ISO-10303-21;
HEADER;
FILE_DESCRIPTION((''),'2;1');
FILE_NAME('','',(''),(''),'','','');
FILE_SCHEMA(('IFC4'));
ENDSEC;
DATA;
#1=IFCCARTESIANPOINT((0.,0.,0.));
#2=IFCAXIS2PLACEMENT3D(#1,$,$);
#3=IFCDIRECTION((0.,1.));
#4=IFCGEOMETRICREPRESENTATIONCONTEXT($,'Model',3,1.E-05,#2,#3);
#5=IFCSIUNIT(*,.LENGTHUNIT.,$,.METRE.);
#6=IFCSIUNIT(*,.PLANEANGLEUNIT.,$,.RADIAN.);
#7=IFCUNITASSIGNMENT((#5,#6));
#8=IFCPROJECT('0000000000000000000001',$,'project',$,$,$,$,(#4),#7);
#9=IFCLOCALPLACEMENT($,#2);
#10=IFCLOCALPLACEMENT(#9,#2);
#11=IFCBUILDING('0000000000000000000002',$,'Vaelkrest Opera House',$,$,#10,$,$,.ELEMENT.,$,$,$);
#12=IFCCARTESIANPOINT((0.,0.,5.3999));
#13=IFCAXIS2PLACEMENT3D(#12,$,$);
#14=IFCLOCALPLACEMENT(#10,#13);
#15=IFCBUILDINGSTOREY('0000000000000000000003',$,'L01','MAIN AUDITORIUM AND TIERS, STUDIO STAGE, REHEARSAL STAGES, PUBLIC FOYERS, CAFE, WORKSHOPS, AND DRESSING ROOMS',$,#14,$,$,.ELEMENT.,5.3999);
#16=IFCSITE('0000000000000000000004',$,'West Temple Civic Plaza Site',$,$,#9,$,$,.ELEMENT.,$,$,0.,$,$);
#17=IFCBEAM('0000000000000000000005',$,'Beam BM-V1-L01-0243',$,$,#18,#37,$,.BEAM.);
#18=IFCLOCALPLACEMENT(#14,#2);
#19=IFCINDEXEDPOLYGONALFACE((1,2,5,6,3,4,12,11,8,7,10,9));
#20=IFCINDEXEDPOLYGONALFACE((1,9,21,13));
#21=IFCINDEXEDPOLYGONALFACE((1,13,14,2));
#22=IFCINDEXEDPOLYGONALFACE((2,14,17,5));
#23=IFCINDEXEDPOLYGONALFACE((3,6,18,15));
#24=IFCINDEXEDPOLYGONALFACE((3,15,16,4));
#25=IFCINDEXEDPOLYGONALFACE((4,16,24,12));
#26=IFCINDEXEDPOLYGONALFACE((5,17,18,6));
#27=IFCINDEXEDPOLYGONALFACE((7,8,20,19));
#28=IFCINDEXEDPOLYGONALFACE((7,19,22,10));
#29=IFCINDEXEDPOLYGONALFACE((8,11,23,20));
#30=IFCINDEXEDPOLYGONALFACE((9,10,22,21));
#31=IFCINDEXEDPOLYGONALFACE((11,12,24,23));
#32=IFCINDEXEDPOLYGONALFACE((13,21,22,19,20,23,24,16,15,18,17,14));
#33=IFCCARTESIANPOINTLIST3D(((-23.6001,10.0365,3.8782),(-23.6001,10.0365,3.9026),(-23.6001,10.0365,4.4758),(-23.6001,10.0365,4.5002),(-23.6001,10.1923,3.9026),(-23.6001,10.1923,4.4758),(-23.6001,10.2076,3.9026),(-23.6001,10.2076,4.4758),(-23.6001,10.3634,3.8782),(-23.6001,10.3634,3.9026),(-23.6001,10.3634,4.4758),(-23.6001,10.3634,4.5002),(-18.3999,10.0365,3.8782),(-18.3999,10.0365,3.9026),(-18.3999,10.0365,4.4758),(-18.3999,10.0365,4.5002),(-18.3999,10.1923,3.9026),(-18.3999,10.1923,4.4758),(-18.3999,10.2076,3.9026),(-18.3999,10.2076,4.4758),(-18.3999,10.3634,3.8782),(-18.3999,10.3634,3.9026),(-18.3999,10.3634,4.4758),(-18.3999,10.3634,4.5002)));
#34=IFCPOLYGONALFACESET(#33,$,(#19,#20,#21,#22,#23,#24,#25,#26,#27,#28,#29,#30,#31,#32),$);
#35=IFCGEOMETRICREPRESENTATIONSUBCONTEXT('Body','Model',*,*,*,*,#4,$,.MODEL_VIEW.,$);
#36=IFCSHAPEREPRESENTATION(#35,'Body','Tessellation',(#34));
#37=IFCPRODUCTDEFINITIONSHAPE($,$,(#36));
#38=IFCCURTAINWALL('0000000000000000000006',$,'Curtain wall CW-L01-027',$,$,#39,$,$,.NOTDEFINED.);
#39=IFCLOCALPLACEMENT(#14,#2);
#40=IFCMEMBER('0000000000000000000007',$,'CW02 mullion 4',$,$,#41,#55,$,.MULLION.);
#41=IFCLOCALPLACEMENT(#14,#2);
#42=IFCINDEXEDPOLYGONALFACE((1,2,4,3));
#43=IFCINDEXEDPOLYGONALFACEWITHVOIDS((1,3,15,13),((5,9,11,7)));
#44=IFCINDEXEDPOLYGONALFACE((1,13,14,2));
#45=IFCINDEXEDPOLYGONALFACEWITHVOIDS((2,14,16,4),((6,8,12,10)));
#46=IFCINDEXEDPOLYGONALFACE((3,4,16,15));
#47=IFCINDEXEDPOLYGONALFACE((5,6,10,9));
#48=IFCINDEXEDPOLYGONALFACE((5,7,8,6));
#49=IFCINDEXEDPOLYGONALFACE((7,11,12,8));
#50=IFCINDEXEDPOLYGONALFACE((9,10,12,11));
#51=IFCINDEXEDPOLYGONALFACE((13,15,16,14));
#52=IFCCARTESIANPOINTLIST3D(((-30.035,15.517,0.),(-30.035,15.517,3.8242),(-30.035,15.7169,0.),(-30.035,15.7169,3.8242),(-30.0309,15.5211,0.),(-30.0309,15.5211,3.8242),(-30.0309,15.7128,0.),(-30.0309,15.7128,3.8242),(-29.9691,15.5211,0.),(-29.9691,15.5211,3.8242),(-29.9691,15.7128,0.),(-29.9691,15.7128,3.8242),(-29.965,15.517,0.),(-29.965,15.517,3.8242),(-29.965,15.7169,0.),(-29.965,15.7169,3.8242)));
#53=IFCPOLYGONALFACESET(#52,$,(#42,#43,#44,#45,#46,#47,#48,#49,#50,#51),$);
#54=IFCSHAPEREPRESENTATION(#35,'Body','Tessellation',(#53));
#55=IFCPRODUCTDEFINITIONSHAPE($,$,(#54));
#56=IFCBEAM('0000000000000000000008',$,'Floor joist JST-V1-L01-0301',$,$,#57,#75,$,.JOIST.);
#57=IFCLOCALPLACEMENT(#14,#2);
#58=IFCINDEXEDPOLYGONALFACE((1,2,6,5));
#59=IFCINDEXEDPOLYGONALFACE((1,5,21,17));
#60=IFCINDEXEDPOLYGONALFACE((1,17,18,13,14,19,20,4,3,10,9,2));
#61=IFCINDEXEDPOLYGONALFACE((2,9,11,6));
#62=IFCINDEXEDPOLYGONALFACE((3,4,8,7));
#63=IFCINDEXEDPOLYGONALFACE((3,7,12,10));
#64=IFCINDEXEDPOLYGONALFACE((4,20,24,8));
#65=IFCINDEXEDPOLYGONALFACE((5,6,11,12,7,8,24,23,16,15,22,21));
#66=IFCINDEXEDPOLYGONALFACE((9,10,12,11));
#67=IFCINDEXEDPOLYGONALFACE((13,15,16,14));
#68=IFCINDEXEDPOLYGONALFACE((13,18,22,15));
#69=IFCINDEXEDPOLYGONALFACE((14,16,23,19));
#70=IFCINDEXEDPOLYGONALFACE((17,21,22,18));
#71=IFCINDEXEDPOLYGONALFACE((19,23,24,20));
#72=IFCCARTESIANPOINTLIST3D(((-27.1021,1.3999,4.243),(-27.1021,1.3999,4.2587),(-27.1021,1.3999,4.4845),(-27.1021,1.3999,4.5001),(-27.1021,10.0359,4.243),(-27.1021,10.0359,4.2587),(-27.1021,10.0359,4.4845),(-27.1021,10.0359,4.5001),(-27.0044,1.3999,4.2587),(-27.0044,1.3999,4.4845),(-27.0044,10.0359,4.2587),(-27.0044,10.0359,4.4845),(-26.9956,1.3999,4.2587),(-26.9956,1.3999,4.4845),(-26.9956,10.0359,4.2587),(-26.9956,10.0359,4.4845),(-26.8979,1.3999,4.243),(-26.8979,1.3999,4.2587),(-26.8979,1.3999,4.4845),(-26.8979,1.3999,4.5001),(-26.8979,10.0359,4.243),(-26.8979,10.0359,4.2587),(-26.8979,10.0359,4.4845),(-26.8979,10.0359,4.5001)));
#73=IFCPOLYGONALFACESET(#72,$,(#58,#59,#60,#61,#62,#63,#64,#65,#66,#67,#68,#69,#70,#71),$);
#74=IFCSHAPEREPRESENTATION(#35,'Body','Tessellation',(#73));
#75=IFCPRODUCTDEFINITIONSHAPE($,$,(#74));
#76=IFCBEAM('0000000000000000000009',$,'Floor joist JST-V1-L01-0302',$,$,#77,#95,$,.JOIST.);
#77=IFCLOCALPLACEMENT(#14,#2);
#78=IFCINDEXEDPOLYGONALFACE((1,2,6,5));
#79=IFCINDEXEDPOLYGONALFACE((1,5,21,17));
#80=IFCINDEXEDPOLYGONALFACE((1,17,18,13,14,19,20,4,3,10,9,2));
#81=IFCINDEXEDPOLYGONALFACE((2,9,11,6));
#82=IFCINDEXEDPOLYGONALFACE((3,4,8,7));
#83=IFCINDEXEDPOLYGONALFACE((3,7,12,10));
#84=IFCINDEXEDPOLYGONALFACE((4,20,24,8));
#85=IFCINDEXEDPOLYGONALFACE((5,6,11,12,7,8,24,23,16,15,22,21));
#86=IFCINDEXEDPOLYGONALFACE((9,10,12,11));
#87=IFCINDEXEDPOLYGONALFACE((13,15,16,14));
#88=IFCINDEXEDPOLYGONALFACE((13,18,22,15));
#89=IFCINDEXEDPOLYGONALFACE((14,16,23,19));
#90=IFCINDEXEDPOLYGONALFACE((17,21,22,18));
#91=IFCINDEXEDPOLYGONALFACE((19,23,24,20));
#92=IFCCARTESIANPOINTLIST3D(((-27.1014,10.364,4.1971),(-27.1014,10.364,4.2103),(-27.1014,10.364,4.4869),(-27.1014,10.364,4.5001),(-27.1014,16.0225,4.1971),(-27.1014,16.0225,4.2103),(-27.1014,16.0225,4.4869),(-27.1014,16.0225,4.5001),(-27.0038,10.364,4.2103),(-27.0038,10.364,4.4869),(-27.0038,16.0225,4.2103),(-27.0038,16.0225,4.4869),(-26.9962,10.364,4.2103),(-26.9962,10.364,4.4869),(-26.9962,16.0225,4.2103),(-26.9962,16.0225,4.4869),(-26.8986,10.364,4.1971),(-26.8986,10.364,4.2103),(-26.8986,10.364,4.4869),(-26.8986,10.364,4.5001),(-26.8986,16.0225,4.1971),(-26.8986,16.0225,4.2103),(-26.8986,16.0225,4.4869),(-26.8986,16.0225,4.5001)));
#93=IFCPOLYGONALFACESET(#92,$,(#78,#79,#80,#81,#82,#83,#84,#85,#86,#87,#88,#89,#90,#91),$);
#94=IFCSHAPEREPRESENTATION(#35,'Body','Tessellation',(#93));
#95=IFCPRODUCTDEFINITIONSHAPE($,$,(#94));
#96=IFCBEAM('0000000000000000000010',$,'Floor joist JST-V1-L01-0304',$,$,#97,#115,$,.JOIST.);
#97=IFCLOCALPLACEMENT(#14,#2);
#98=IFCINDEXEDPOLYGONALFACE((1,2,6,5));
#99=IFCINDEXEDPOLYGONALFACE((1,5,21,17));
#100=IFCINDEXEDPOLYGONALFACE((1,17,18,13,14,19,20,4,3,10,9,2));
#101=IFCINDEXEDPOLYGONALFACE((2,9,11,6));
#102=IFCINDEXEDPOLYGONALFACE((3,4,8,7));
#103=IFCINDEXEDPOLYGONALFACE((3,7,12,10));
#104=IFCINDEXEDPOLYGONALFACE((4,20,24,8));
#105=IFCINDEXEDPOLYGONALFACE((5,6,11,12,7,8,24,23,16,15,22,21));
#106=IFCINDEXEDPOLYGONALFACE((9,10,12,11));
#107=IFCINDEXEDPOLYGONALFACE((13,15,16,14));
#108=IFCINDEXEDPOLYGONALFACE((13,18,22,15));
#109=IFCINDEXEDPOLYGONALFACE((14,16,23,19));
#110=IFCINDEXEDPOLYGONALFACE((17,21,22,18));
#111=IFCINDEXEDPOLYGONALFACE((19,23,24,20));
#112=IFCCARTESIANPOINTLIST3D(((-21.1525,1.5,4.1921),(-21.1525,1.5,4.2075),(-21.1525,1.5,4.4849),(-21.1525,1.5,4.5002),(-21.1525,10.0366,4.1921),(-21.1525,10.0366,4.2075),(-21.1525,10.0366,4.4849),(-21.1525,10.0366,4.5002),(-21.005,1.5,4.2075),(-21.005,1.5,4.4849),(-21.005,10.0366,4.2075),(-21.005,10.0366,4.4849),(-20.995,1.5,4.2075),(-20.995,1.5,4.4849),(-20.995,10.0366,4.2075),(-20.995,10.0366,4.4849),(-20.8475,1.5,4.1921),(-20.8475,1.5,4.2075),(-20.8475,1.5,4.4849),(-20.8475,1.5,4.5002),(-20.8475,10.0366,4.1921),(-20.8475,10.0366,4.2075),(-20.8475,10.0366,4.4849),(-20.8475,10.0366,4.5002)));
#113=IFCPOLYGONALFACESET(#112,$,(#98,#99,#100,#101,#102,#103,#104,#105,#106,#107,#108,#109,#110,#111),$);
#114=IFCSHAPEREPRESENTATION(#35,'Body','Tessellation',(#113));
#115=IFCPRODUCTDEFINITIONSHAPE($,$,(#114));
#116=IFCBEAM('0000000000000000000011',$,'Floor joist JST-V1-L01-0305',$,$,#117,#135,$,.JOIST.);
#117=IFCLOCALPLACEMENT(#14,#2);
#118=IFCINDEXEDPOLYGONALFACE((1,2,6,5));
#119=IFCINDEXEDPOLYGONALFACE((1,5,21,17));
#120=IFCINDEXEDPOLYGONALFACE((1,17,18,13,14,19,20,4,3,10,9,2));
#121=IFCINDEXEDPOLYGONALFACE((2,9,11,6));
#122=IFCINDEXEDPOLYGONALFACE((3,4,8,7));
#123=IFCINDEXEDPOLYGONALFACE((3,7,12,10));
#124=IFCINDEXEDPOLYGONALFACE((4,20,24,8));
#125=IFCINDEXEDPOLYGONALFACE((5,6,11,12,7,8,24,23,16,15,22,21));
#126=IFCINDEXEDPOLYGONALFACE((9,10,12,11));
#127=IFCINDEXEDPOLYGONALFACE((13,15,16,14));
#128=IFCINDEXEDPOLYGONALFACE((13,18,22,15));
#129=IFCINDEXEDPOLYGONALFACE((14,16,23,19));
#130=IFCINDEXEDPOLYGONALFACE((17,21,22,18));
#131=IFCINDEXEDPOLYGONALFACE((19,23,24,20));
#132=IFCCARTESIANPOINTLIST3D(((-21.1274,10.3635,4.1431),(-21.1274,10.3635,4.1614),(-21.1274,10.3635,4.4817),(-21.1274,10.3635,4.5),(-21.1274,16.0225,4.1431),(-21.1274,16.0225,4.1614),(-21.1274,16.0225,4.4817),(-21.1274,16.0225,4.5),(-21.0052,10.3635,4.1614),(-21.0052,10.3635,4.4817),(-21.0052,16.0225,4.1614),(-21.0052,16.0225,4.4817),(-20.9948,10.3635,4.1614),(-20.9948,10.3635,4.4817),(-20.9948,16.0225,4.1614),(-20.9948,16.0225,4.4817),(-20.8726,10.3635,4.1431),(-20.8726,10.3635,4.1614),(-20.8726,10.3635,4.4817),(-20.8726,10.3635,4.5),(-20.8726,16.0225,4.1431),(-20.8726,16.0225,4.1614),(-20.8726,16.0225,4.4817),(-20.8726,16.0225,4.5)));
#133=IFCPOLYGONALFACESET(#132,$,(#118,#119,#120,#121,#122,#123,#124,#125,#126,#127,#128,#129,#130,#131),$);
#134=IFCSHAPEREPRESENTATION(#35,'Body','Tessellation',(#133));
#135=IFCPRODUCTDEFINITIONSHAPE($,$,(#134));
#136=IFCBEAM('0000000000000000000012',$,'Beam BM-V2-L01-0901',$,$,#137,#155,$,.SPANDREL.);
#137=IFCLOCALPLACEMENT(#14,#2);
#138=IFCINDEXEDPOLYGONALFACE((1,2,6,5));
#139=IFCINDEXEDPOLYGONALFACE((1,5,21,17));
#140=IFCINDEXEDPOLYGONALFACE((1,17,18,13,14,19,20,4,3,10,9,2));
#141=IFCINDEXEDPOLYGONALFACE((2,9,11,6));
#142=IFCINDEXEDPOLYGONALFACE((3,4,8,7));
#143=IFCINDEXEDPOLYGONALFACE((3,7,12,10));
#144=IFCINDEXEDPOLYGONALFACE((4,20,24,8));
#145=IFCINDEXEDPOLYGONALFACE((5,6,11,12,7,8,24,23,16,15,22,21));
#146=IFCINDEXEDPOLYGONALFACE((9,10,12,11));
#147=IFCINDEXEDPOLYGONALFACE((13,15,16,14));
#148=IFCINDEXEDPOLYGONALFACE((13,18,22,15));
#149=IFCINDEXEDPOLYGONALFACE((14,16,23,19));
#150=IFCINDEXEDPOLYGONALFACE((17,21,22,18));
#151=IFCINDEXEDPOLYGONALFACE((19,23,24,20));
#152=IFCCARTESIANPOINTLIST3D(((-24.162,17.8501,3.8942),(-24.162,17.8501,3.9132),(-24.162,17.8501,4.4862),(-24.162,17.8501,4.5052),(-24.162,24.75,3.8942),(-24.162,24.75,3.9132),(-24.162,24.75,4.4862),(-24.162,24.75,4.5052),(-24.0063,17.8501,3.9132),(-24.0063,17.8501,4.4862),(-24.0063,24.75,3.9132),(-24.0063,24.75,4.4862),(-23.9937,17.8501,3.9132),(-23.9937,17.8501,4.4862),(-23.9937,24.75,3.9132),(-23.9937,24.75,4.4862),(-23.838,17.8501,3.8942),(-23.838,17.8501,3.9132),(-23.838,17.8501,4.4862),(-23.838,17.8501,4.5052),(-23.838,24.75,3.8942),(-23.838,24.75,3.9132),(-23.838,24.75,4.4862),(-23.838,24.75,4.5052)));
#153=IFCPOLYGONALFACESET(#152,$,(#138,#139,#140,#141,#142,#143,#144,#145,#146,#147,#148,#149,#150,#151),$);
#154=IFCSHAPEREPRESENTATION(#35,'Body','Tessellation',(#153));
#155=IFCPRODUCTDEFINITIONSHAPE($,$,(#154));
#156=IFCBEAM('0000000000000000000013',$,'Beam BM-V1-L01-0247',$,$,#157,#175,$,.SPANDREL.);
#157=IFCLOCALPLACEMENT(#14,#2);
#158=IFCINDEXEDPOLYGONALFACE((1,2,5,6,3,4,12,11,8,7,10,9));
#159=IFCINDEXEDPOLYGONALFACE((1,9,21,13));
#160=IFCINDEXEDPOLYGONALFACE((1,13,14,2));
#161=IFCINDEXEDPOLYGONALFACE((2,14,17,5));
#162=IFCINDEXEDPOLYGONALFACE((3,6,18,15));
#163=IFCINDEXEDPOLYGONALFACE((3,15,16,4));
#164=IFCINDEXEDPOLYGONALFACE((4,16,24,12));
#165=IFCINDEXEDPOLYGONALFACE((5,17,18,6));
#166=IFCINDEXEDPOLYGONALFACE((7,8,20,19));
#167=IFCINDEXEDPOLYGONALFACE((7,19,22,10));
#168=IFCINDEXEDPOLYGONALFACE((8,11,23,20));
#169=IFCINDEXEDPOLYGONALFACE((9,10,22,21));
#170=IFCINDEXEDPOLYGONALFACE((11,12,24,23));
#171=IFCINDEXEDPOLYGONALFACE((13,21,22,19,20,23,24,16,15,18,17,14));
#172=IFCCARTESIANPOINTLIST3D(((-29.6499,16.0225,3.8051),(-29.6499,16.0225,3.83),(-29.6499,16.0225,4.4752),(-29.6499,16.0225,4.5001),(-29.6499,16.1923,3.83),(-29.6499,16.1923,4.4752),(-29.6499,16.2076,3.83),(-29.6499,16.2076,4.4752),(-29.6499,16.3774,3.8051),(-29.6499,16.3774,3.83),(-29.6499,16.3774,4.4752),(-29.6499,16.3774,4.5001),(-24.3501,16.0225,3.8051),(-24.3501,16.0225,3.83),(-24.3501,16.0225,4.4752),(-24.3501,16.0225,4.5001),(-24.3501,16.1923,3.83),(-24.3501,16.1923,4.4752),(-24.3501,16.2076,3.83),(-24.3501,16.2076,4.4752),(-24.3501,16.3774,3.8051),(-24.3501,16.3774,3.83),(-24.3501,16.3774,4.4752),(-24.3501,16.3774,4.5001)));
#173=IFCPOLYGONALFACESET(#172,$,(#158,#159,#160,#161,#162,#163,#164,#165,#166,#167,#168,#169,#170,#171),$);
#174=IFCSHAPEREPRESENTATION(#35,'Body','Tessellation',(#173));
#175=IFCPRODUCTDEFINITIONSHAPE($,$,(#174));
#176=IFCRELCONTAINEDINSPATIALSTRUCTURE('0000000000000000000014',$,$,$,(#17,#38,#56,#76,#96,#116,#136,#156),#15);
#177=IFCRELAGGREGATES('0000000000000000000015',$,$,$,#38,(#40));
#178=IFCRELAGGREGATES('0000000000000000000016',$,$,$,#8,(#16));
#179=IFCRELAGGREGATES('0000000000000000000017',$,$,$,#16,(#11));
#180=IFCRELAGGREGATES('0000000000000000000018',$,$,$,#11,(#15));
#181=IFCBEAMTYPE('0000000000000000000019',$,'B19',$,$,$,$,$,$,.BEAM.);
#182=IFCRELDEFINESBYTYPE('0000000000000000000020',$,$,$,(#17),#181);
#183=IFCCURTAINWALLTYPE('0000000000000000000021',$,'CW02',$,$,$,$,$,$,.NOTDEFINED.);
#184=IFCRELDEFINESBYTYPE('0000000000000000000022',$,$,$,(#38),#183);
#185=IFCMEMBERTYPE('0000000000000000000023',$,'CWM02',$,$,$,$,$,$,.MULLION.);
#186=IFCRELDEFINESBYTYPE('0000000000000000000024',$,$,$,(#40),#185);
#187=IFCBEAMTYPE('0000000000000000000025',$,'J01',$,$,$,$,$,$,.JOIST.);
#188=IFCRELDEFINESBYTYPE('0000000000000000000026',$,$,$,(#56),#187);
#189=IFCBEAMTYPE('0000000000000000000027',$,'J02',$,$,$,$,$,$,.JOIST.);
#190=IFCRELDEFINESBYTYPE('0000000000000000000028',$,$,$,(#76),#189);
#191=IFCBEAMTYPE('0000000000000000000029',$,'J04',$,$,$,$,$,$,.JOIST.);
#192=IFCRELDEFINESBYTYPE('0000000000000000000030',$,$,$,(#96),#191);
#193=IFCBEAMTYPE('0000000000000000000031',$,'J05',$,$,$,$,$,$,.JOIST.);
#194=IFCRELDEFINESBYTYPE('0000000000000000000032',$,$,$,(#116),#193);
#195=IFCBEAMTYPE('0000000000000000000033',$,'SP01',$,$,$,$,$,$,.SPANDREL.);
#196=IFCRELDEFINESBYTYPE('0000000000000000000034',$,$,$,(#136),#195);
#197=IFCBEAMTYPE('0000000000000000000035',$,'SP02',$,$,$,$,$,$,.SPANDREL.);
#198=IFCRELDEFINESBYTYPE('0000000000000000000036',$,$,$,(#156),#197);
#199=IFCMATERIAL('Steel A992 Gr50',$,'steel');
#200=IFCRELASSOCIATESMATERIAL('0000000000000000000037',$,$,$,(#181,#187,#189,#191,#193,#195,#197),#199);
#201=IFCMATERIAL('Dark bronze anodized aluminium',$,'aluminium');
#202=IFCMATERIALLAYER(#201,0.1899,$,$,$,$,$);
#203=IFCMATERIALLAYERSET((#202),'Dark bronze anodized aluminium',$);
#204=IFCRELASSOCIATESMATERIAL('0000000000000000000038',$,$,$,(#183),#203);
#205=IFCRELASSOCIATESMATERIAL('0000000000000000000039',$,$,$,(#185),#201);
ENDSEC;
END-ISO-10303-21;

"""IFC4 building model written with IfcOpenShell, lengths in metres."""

from ifc_helpers import new_model, si_unit, direction, frame, origin, origin_2d, place, context, subcontext, project, spatial, hollow_rectangle, i_section, extrude, material, layer, layer_set, material_profile, profile_set, type_object, element, aggregate, save


model = new_model("IFC4")

# Units and contexts
model_context = context("Model", 3, precision=1e-05, world=origin(), true_north=direction((0.0, 1.0)))
body_context = subcontext(model_context, "Body", "Model", "MODEL_VIEW")
ifc_project = project(units=[si_unit("LENGTHUNIT", "METRE"), si_unit("PLANEANGLEUNIT", "RADIAN")], contexts=[model_context])

# Site, building, storey
site_placement = place(None, origin())
site = spatial("IfcSite", under=ifc_project, at=site_placement, Name="West Temple Civic Plaza Site", CompositionType="ELEMENT", RefElevation=0.0)
building_placement = place(site_placement, origin())
building = spatial("IfcBuilding", under=site, at=building_placement, Name="Vaelkrest Opera House", CompositionType="ELEMENT")
storey_placement = place(building_placement, frame((0.0, 0.0, 5.3999)))
storey = spatial("IfcBuildingStorey", under=building, at=storey_placement, Name="L01", Description="MAIN AUDITORIUM AND TIERS, STUDIO STAGE, REHEARSAL STAGES, PUBLIC FOYERS, CAFE, WORKSHOPS, AND DRESSING ROOMS", CompositionType="ELEMENT", Elevation=5.3999)

# Beam
ifc_material_1 = material(Name="Steel A992 Gr50", Category="steel")
ifc_material_profile_1 = material_profile(ifc_material_1, i_section(OverallWidth=0.3269, OverallDepth=0.6221, WebThickness=0.0154, FlangeThickness=0.0244, at=origin_2d()), Name="W24X131")
ifc_profile_set_1 = profile_set([ifc_material_profile_1], Name="Steel A992 Gr50")
beam_type_1 = type_object("IfcBeamType", Name="B19", PredefinedType="BEAM", material=ifc_profile_set_1)
beam_1_placement = place(storey_placement, frame((-23.6001, 10.2, 4.1892), z_axis=(1.0, 0.0, 0.0), x_axis=(0.0, 1.0, 0.0)))
element("IfcBeam", 1, at=beam_1_placement, inside=storey, type_object=beam_type_1, Name="Beam BM-V1-L01-0243", PredefinedType="BEAM", context=body_context, shape_type="SweptSolid", body=[
    extrude(i_section(OverallWidth=0.3269, OverallDepth=0.6221, WebThickness=0.0154, FlangeThickness=0.0244, at=origin_2d()), origin(), (0.0, 0.0, 1.0), 5.2002),
])

# Curtain wall, member
ifc_material_2 = material(Name="Dark bronze anodized aluminium", Category="aluminium")
ifc_layer_1 = layer(ifc_material_2, 0.1899)
ifc_layer_set_1 = layer_set([ifc_layer_1], Name="Dark bronze anodized aluminium")
curtain_wall_type = type_object("IfcCurtainWallType", Name="CW02", PredefinedType="NOTDEFINED", material=ifc_layer_set_1)
curtain_wall_placement = place(storey_placement, origin())
curtain_wall = element("IfcCurtainWall", 2, at=curtain_wall_placement, inside=storey, type_object=curtain_wall_type, Name="Curtain wall CW-L01-027", PredefinedType="NOTDEFINED")
ifc_material_profile_2 = material_profile(ifc_material_2, hollow_rectangle(XDim=0.0701, YDim=0.2, WallThickness=0.0042, at=origin_2d()), Name="CWM70X200")
ifc_profile_set_2 = profile_set([ifc_material_profile_2], Name="Dark bronze anodized aluminium")
member_type = type_object("IfcMemberType", Name="CWM02", PredefinedType="MULLION", material=ifc_profile_set_2)
member_placement = place(storey_placement, frame((-30.0, 15.6169, 0.0), z_axis=(0.0, 0.0, 1.0), x_axis=(-1.0, 0.0, 0.0)))
member = element("IfcMember", 3, at=member_placement, type_object=member_type, Name="CW02 mullion 4", PredefinedType="MULLION", context=body_context, shape_type="SweptSolid", body=[
    extrude(hollow_rectangle(XDim=0.0701, YDim=0.2, WallThickness=0.0042, at=origin_2d()), origin(), (0.0, 0.0, 1.0), 3.8242),
])

# Beams
ifc_material_profile_3 = material_profile(ifc_material_1, i_section(OverallWidth=0.2041, OverallDepth=0.2571, WebThickness=0.0088, FlangeThickness=0.0156, at=origin_2d()), Name="W10X45")
ifc_profile_set_3 = profile_set([ifc_material_profile_3], Name="Steel A992 Gr50")
beam_type_2 = type_object("IfcBeamType", Name="J01", PredefinedType="JOIST", material=ifc_profile_set_3)
beam_2_placement = place(storey_placement, frame((-27.0, 1.3999, 4.3716), z_axis=(0.0, 1.0, 0.0), x_axis=(-1.0, 0.0, 0.0)))
element("IfcBeam", 4, at=beam_2_placement, inside=storey, type_object=beam_type_2, Name="Floor joist JST-V1-L01-0301", PredefinedType="JOIST", context=body_context, shape_type="SweptSolid", body=[
    extrude(i_section(OverallWidth=0.2041, OverallDepth=0.2571, WebThickness=0.0088, FlangeThickness=0.0156, at=origin_2d()), origin(), (0.0, 0.0, 1.0), 8.636),
])
ifc_material_profile_4 = material_profile(ifc_material_1, i_section(OverallWidth=0.2029, OverallDepth=0.303, WebThickness=0.0076, FlangeThickness=0.0132, at=origin_2d()), Name="W12X40")
ifc_profile_set_4 = profile_set([ifc_material_profile_4], Name="Steel A992 Gr50")
beam_type_3 = type_object("IfcBeamType", Name="J02", PredefinedType="JOIST", material=ifc_profile_set_4)
beam_3_placement = place(storey_placement, frame((-27.0, 10.364, 4.3486), z_axis=(0.0, 1.0, 0.0), x_axis=(-1.0, 0.0, 0.0)))
element("IfcBeam", 5, at=beam_3_placement, inside=storey, type_object=beam_type_3, Name="Floor joist JST-V1-L01-0302", PredefinedType="JOIST", context=body_context, shape_type="SweptSolid", body=[
    extrude(i_section(OverallWidth=0.2029, OverallDepth=0.303, WebThickness=0.0076, FlangeThickness=0.0132, at=origin_2d()), origin(), (0.0, 0.0, 1.0), 5.6584),
])
ifc_material_profile_5 = material_profile(ifc_material_1, i_section(OverallWidth=0.3049, OverallDepth=0.3081, WebThickness=0.01, FlangeThickness=0.0154, at=origin_2d()), Name="W12X65")
ifc_profile_set_5 = profile_set([ifc_material_profile_5], Name="Steel A992 Gr50")
beam_type_4 = type_object("IfcBeamType", Name="J04", PredefinedType="JOIST", material=ifc_profile_set_5)
beam_4_placement = place(storey_placement, frame((-21.0, 1.5, 4.3462), z_axis=(0.0, 1.0, 0.0), x_axis=(-1.0, 0.0, 0.0)))
element("IfcBeam", 6, at=beam_4_placement, inside=storey, type_object=beam_type_4, Name="Floor joist JST-V1-L01-0304", PredefinedType="JOIST", context=body_context, shape_type="SweptSolid", body=[
    extrude(i_section(OverallWidth=0.3049, OverallDepth=0.3081, WebThickness=0.01, FlangeThickness=0.0154, at=origin_2d()), origin(), (0.0, 0.0, 1.0), 8.5366),
])
ifc_material_profile_6 = material_profile(ifc_material_1, i_section(OverallWidth=0.2549, OverallDepth=0.3569, WebThickness=0.0105, FlangeThickness=0.0183, at=origin_2d()), Name="W14X68")
ifc_profile_set_6 = profile_set([ifc_material_profile_6], Name="Steel A992 Gr50")
beam_type_5 = type_object("IfcBeamType", Name="J05", PredefinedType="JOIST", material=ifc_profile_set_6)
beam_5_placement = place(storey_placement, frame((-21.0, 10.3635, 4.3215), z_axis=(0.0, 1.0, 0.0), x_axis=(-1.0, 0.0, 0.0)))
element("IfcBeam", 7, at=beam_5_placement, inside=storey, type_object=beam_type_5, Name="Floor joist JST-V1-L01-0305", PredefinedType="JOIST", context=body_context, shape_type="SweptSolid", body=[
    extrude(i_section(OverallWidth=0.2549, OverallDepth=0.3569, WebThickness=0.0105, FlangeThickness=0.0183, at=origin_2d()), origin(), (0.0, 0.0, 1.0), 5.6589),
])
ifc_material_profile_7 = material_profile(ifc_material_1, i_section(OverallWidth=0.324, OverallDepth=0.6111, WebThickness=0.0127, FlangeThickness=0.019, at=origin_2d()), Name="W24X104")
ifc_profile_set_7 = profile_set([ifc_material_profile_7], Name="Steel A992 Gr50")
beam_type_6 = type_object("IfcBeamType", Name="SP01", PredefinedType="SPANDREL", material=ifc_profile_set_7)
beam_6_placement = place(storey_placement, frame((-24.0, 17.8501, 4.1997), z_axis=(0.0, 1.0, 0.0), x_axis=(-1.0, 0.0, 0.0)))
element("IfcBeam", 8, at=beam_6_placement, inside=storey, type_object=beam_type_6, Name="Beam BM-V2-L01-0901", PredefinedType="SPANDREL", context=body_context, shape_type="SweptSolid", body=[
    extrude(i_section(OverallWidth=0.324, OverallDepth=0.6111, WebThickness=0.0127, FlangeThickness=0.019, at=origin_2d()), origin(), (0.0, 0.0, 1.0), 6.8999),
])
ifc_material_profile_8 = material_profile(ifc_material_1, i_section(OverallWidth=0.355, OverallDepth=0.6951, WebThickness=0.0154, FlangeThickness=0.0249, at=origin_2d()), Name="W27X146")
ifc_profile_set_8 = profile_set([ifc_material_profile_8], Name="Steel A992 Gr50")
beam_type_7 = type_object("IfcBeamType", Name="SP02", PredefinedType="SPANDREL", material=ifc_profile_set_8)
for number, where, z_axis, x_axis, name in (
    (9, (-29.6499, 16.2, 4.1526), (1.0, 0.0, 0.0), (0.0, 1.0, 0.0), "Beam BM-V1-L01-0247"),
):
    element("IfcBeam", number, at=place(storey_placement, frame(where, z_axis=z_axis, x_axis=x_axis)), inside=storey, type_object=beam_type_7, Name=name, PredefinedType="SPANDREL", context=body_context, shape_type="SweptSolid", body=[
        extrude(i_section(OverallWidth=0.355, OverallDepth=0.6951, WebThickness=0.0154, FlangeThickness=0.0249, at=origin_2d()), origin(), (0.0, 0.0, 1.0), 5.2998),
    ])

aggregate(curtain_wall, [member])

save(model, "model.ifc")
